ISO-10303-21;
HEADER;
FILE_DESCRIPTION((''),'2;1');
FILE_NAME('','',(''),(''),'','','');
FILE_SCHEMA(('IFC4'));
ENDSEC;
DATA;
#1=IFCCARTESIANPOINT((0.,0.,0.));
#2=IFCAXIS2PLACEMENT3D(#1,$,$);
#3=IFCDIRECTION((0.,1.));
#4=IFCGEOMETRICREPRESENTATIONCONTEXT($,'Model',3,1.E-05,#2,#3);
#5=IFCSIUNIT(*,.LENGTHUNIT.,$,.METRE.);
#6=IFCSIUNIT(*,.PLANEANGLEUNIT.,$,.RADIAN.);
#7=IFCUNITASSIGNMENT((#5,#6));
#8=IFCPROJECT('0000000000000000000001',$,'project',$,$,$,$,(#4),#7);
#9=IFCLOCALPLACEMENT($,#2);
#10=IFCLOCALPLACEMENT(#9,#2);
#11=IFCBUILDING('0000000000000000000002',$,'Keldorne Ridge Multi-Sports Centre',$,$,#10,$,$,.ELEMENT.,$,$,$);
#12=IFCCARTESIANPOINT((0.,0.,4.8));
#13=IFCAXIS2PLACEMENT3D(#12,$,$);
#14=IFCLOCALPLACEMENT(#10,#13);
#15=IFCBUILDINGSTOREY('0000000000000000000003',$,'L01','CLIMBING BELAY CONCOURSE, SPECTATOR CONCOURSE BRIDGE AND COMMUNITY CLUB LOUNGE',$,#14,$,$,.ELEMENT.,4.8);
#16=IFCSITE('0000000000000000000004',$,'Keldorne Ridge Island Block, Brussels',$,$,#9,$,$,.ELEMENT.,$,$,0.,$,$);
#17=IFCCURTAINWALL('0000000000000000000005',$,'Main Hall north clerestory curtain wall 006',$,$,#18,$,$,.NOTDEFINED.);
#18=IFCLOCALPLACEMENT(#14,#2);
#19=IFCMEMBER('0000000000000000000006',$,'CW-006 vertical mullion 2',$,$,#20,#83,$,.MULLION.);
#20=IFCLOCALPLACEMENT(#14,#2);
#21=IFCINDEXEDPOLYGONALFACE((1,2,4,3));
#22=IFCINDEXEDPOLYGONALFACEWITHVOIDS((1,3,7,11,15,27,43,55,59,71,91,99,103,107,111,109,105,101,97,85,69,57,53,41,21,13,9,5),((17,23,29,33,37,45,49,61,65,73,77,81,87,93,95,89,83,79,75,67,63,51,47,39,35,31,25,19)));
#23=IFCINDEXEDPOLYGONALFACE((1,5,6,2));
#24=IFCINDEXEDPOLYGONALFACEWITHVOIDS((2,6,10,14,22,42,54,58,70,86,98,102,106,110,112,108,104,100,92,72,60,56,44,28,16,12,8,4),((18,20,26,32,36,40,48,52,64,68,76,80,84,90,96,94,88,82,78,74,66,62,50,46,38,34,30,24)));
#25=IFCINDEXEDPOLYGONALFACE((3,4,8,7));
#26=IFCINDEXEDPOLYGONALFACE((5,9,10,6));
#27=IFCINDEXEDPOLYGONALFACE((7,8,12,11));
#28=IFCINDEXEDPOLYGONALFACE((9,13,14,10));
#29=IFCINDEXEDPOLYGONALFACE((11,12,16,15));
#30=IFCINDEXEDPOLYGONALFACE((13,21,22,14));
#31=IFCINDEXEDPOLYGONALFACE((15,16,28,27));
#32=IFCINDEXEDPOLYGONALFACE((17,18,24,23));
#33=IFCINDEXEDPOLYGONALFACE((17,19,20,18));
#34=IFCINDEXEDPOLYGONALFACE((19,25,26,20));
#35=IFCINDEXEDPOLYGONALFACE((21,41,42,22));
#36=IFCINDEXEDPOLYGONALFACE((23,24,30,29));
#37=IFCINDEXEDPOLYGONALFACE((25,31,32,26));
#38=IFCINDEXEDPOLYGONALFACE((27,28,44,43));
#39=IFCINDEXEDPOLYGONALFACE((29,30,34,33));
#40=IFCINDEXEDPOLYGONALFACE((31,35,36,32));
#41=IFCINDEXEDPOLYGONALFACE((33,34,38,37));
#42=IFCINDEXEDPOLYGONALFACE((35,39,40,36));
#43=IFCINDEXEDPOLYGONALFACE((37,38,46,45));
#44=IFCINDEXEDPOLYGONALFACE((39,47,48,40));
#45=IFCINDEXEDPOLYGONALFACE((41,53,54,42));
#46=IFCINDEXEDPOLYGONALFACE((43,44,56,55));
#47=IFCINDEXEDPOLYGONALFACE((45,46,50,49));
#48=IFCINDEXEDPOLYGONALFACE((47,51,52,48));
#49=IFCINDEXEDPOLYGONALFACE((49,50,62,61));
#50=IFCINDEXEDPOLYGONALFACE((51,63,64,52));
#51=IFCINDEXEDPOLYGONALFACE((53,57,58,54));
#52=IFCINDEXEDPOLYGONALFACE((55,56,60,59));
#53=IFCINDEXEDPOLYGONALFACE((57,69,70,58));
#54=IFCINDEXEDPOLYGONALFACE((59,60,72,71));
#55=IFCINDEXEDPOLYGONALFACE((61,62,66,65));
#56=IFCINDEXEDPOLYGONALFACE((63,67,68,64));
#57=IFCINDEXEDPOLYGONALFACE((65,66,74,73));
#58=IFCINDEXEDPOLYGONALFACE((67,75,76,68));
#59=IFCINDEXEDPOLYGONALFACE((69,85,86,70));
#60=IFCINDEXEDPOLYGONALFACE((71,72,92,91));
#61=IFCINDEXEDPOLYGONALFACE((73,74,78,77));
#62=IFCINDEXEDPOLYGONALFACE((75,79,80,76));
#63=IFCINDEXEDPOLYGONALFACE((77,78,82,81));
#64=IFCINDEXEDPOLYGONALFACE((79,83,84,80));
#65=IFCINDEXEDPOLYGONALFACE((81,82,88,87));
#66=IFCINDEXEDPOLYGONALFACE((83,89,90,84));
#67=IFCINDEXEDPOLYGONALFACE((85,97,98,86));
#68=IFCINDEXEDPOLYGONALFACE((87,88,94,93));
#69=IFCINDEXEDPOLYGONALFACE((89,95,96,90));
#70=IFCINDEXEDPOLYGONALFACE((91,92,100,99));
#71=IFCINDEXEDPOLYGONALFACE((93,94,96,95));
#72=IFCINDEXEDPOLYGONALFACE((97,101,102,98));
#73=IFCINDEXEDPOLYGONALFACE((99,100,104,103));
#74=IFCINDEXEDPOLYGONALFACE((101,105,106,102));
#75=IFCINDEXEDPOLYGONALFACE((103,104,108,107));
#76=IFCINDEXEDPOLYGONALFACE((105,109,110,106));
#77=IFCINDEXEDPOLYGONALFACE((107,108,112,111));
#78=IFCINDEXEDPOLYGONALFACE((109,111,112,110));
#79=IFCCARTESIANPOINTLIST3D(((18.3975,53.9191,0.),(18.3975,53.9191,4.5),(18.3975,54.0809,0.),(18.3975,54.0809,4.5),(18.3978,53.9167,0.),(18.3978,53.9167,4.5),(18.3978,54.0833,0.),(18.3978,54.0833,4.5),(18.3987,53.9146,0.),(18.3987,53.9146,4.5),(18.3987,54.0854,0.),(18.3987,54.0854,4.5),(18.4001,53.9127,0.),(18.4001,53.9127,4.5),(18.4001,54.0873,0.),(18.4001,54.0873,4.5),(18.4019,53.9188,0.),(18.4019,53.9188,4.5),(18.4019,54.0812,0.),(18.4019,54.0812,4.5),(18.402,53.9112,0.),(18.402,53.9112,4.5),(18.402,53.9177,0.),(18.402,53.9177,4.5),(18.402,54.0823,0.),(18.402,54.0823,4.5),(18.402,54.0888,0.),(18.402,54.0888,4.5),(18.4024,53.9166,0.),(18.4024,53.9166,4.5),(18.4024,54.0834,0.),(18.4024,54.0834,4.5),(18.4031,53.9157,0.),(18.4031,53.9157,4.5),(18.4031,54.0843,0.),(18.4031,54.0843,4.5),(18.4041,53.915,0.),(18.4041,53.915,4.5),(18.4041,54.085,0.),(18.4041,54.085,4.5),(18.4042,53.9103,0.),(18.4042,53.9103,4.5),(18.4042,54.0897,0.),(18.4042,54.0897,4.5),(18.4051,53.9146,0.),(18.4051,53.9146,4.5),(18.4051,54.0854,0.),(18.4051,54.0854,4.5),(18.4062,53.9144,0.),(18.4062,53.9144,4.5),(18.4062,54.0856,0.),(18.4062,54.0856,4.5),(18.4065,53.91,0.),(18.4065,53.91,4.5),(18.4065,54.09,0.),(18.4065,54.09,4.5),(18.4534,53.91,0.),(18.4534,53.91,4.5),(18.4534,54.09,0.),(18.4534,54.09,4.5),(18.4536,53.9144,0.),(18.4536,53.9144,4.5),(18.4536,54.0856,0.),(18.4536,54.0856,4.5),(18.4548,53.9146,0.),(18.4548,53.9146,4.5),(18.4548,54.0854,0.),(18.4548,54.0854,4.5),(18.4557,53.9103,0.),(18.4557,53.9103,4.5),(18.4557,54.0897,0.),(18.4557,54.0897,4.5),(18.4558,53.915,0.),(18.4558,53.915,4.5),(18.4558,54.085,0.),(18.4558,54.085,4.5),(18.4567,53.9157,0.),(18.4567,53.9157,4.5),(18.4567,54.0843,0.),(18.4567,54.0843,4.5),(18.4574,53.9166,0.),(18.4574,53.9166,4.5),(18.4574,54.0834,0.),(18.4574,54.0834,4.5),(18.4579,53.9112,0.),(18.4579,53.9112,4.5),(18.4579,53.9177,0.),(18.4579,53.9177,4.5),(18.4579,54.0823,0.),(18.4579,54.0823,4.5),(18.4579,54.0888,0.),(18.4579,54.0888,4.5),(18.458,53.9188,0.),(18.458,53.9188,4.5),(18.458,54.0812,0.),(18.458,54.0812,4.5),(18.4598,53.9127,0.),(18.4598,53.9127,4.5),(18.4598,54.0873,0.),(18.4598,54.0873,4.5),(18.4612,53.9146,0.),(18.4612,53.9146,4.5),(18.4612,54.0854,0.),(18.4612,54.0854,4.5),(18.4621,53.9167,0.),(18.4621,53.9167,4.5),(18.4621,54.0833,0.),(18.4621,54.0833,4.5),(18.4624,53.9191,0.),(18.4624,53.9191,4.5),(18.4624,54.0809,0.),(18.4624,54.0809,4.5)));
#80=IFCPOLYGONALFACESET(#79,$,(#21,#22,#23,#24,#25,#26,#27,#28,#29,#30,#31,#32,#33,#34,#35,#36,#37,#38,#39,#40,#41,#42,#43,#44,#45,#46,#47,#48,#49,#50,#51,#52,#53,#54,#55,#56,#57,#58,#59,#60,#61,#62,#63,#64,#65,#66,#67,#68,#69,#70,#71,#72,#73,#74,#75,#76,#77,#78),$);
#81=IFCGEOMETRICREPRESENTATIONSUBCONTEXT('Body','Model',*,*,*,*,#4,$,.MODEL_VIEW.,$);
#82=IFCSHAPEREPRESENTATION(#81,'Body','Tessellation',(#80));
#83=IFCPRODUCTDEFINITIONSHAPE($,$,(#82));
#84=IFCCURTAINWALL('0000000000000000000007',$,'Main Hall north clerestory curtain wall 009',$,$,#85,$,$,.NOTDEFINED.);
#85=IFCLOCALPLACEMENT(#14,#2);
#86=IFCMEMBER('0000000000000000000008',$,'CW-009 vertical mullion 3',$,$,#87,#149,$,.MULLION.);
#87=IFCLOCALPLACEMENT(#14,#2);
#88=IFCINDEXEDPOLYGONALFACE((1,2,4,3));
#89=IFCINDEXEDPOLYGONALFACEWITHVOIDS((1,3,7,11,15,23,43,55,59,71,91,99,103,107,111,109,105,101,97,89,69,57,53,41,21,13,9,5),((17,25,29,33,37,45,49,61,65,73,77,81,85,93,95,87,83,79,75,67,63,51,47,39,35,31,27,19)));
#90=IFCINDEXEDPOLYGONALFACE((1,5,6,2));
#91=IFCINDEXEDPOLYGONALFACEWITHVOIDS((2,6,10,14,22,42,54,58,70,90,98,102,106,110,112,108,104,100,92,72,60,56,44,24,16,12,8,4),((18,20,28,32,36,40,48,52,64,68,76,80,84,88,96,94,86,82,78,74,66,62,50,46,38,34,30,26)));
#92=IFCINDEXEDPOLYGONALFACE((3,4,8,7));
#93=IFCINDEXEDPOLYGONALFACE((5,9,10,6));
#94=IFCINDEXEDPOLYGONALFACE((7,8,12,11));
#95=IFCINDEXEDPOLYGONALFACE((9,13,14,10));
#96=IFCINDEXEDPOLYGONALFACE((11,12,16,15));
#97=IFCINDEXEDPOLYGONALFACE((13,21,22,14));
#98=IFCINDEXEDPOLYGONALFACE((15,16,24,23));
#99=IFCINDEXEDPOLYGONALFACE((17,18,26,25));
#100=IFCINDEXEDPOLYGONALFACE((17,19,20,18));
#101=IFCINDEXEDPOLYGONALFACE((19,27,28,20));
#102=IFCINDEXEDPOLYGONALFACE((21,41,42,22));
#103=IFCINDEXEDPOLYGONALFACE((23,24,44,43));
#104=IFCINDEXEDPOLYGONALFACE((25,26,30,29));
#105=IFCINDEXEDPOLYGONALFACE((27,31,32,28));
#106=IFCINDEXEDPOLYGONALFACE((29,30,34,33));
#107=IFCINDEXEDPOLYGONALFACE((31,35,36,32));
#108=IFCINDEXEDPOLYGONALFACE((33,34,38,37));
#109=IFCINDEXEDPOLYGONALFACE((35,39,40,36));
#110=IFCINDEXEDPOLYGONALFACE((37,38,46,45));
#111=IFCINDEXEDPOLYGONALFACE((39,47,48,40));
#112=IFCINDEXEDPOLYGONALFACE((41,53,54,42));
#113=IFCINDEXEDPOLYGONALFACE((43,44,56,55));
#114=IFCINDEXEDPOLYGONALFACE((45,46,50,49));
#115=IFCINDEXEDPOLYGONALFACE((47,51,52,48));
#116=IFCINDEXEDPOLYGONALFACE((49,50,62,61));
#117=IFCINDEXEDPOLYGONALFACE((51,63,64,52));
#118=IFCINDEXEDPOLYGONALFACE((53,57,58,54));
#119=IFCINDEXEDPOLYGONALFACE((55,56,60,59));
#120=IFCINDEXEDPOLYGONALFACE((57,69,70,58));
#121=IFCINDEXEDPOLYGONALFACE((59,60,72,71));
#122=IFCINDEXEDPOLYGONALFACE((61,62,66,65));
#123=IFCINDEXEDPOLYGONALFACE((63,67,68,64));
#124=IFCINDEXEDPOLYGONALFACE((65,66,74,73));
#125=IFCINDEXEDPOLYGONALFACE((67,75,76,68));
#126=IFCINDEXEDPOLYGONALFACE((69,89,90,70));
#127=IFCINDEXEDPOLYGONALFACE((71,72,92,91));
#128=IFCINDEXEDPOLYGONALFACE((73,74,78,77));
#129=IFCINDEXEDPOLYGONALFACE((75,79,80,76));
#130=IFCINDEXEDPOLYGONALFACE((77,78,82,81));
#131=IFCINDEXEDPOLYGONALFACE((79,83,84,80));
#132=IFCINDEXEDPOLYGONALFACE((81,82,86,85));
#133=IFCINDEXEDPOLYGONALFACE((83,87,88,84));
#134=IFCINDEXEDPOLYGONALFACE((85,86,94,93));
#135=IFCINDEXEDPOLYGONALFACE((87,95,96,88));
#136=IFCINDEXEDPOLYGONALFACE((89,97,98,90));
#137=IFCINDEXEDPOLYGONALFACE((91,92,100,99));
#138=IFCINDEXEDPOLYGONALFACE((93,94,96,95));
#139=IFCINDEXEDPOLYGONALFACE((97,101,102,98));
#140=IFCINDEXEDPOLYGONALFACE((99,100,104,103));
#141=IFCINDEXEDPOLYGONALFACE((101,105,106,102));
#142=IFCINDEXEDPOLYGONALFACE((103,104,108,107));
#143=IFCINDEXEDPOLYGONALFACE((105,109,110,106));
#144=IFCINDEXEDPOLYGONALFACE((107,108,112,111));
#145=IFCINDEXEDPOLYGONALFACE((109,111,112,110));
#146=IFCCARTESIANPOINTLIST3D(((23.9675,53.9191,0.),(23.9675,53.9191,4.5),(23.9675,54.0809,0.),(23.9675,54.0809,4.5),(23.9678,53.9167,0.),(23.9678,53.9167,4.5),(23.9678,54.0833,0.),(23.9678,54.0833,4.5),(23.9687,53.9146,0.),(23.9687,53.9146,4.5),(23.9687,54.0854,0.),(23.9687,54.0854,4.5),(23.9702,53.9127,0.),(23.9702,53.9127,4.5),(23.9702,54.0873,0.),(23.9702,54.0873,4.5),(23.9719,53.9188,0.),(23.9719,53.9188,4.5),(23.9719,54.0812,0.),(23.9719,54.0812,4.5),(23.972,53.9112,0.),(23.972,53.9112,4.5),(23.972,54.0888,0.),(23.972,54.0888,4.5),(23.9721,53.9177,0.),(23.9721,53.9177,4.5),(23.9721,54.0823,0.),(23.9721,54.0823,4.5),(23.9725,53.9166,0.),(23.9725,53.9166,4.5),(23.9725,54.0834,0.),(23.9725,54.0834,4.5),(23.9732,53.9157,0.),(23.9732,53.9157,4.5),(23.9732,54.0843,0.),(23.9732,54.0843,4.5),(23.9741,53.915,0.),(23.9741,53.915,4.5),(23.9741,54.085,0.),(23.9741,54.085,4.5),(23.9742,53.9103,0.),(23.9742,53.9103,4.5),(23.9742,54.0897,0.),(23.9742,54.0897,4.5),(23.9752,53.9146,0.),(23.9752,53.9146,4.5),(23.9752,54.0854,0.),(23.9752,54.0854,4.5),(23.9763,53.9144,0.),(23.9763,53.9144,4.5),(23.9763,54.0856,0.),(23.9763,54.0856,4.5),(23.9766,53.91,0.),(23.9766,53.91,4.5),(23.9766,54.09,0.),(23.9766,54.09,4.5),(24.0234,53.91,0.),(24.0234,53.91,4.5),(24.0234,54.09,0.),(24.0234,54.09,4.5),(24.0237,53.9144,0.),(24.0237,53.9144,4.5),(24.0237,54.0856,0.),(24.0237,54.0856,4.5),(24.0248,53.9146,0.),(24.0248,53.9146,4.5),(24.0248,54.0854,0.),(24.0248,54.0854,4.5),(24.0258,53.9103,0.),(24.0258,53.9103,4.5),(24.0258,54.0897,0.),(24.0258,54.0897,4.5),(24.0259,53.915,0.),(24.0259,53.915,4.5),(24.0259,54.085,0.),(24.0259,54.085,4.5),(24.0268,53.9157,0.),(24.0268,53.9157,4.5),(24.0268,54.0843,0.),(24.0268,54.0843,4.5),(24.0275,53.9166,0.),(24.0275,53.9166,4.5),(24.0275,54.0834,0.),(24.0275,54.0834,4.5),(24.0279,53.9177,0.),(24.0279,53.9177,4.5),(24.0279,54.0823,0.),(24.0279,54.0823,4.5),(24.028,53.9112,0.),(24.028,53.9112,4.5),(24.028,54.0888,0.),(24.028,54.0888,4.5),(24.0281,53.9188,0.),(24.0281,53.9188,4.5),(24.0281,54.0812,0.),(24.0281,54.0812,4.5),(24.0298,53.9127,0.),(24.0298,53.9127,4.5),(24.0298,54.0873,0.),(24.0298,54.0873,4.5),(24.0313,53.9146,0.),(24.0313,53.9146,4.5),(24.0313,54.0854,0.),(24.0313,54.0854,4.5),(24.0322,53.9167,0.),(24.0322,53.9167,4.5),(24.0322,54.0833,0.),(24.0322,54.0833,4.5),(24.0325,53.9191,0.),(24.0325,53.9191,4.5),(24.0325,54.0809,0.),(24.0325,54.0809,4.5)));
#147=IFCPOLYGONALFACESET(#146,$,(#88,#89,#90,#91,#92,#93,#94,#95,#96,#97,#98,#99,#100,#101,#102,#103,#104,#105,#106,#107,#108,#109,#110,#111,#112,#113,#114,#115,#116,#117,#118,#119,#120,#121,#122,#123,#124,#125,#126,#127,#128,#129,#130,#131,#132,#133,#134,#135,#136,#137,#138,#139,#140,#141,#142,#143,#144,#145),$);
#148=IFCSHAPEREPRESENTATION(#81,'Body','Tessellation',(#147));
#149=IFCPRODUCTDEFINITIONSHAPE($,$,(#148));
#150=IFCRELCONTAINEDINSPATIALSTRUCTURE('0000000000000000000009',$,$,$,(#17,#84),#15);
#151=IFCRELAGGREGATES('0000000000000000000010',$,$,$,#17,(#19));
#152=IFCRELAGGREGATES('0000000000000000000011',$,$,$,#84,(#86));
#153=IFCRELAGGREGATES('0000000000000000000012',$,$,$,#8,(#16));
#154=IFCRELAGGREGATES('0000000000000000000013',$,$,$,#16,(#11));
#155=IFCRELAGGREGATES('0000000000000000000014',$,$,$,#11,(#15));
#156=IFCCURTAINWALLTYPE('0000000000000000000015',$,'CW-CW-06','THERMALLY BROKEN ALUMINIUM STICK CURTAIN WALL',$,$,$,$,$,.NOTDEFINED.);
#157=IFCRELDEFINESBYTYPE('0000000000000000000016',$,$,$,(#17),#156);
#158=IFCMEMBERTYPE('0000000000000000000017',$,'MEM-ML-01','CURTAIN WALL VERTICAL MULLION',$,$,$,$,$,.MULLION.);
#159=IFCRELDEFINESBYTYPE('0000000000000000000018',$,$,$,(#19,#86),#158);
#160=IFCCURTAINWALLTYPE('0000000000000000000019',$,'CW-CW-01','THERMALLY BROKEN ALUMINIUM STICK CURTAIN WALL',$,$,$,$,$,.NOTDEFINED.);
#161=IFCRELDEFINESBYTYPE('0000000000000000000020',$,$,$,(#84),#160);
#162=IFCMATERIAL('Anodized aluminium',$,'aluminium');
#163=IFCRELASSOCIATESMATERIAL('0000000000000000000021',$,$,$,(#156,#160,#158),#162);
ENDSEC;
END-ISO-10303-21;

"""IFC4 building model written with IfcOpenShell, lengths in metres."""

from ifc_helpers import new_model, si_unit, direction, frame, origin, origin_2d, place, context, subcontext, project, spatial, hollow_rectangle, extrude, material, material_profile, profile_set, type_object, element, aggregate, save


model = new_model("IFC4")

# Units and contexts
model_context = context("Model", 3, precision=1e-05, world=origin(), true_north=direction((0.0, 1.0)))
body_context = subcontext(model_context, "Body", "Model", "MODEL_VIEW")
ifc_project = project(units=[si_unit("LENGTHUNIT", "METRE"), si_unit("PLANEANGLEUNIT", "RADIAN")], contexts=[model_context])

# Site, building, storey
site_placement = place(None, origin())
site = spatial("IfcSite", under=ifc_project, at=site_placement, Name="Keldorne Ridge Island Block, Brussels", CompositionType="ELEMENT", RefElevation=0.0)
building_placement = place(site_placement, origin())
building = spatial("IfcBuilding", under=site, at=building_placement, Name="Keldorne Ridge Multi-Sports Centre", CompositionType="ELEMENT")
storey_placement = place(building_placement, frame((0.0, 0.0, 4.8)))
storey = spatial("IfcBuildingStorey", under=building, at=storey_placement, Name="L01", Description="CLIMBING BELAY CONCOURSE, SPECTATOR CONCOURSE BRIDGE AND COMMUNITY CLUB LOUNGE", CompositionType="ELEMENT", Elevation=4.8)

# Curtain walls, members
ifc_material_1 = material(Name="Anodized aluminium", Category="aluminium")
curtain_wall_type_1 = type_object("IfcCurtainWallType", Name="CW-CW-06", Description="THERMALLY BROKEN ALUMINIUM STICK CURTAIN WALL", PredefinedType="NOTDEFINED", material=ifc_material_1)
curtain_wall_1_placement = place(storey_placement, origin())
curtain_wall_1 = element("IfcCurtainWall", 1, at=curtain_wall_1_placement, inside=storey, type_object=curtain_wall_type_1, Name="Main Hall north clerestory curtain wall 006", PredefinedType="NOTDEFINED")
ifc_material_profile_1 = material_profile(ifc_material_1, hollow_rectangle(XDim=0.0649, YDim=0.1799, WallThickness=0.0044, InnerFilletRadius=0.0044, OuterFilletRadius=0.009, at=origin_2d()), Name="ALU MULLION 180x65x4.5")
ifc_profile_set_1 = profile_set([ifc_material_profile_1], Name="Anodized aluminium")
member_type_1 = type_object("IfcMemberType", Name="MEM-ML-01", Description="CURTAIN WALL VERTICAL MULLION", PredefinedType="MULLION", material=ifc_profile_set_1)
member_1_placement = place(storey_placement, frame((18.4299, 54.0, 0.0), z_axis=(0.0, 0.0, 1.0), x_axis=(1.0, 0.0, 0.0)))
member_1 = element("IfcMember", 2, at=member_1_placement, type_object=member_type_1, Name="CW-006 vertical mullion 2", PredefinedType="MULLION", context=body_context, shape_type="SweptSolid", body=[
    extrude(hollow_rectangle(XDim=0.0649, YDim=0.1799, WallThickness=0.0044, InnerFilletRadius=0.0044, OuterFilletRadius=0.009, at=origin_2d()), origin(), (0.0, 0.0, 1.0), 4.5),
])
curtain_wall_type_2 = type_object("IfcCurtainWallType", Name="CW-CW-01", Description="THERMALLY BROKEN ALUMINIUM STICK CURTAIN WALL", PredefinedType="NOTDEFINED", material=ifc_material_1)
curtain_wall_2_placement = place(storey_placement, origin())
curtain_wall_2 = element("IfcCurtainWall", 3, at=curtain_wall_2_placement, inside=storey, type_object=curtain_wall_type_2, Name="Main Hall north clerestory curtain wall 009", PredefinedType="NOTDEFINED")
member_2_placement = place(storey_placement, frame((24.0, 54.0, 0.0), z_axis=(0.0, 0.0, 1.0), x_axis=(1.0, 0.0, 0.0)))
member_2 = element("IfcMember", 4, at=member_2_placement, type_object=member_type_1, Name="CW-009 vertical mullion 3", PredefinedType="MULLION", context=body_context, shape_type="SweptSolid", body=[
    extrude(hollow_rectangle(XDim=0.0649, YDim=0.1799, WallThickness=0.0044, InnerFilletRadius=0.0044, OuterFilletRadius=0.009, at=origin_2d()), origin(), (0.0, 0.0, 1.0), 4.5),
])

aggregate(curtain_wall_1, [member_1])
aggregate(curtain_wall_2, [member_2])

save(model, "model.ifc")
